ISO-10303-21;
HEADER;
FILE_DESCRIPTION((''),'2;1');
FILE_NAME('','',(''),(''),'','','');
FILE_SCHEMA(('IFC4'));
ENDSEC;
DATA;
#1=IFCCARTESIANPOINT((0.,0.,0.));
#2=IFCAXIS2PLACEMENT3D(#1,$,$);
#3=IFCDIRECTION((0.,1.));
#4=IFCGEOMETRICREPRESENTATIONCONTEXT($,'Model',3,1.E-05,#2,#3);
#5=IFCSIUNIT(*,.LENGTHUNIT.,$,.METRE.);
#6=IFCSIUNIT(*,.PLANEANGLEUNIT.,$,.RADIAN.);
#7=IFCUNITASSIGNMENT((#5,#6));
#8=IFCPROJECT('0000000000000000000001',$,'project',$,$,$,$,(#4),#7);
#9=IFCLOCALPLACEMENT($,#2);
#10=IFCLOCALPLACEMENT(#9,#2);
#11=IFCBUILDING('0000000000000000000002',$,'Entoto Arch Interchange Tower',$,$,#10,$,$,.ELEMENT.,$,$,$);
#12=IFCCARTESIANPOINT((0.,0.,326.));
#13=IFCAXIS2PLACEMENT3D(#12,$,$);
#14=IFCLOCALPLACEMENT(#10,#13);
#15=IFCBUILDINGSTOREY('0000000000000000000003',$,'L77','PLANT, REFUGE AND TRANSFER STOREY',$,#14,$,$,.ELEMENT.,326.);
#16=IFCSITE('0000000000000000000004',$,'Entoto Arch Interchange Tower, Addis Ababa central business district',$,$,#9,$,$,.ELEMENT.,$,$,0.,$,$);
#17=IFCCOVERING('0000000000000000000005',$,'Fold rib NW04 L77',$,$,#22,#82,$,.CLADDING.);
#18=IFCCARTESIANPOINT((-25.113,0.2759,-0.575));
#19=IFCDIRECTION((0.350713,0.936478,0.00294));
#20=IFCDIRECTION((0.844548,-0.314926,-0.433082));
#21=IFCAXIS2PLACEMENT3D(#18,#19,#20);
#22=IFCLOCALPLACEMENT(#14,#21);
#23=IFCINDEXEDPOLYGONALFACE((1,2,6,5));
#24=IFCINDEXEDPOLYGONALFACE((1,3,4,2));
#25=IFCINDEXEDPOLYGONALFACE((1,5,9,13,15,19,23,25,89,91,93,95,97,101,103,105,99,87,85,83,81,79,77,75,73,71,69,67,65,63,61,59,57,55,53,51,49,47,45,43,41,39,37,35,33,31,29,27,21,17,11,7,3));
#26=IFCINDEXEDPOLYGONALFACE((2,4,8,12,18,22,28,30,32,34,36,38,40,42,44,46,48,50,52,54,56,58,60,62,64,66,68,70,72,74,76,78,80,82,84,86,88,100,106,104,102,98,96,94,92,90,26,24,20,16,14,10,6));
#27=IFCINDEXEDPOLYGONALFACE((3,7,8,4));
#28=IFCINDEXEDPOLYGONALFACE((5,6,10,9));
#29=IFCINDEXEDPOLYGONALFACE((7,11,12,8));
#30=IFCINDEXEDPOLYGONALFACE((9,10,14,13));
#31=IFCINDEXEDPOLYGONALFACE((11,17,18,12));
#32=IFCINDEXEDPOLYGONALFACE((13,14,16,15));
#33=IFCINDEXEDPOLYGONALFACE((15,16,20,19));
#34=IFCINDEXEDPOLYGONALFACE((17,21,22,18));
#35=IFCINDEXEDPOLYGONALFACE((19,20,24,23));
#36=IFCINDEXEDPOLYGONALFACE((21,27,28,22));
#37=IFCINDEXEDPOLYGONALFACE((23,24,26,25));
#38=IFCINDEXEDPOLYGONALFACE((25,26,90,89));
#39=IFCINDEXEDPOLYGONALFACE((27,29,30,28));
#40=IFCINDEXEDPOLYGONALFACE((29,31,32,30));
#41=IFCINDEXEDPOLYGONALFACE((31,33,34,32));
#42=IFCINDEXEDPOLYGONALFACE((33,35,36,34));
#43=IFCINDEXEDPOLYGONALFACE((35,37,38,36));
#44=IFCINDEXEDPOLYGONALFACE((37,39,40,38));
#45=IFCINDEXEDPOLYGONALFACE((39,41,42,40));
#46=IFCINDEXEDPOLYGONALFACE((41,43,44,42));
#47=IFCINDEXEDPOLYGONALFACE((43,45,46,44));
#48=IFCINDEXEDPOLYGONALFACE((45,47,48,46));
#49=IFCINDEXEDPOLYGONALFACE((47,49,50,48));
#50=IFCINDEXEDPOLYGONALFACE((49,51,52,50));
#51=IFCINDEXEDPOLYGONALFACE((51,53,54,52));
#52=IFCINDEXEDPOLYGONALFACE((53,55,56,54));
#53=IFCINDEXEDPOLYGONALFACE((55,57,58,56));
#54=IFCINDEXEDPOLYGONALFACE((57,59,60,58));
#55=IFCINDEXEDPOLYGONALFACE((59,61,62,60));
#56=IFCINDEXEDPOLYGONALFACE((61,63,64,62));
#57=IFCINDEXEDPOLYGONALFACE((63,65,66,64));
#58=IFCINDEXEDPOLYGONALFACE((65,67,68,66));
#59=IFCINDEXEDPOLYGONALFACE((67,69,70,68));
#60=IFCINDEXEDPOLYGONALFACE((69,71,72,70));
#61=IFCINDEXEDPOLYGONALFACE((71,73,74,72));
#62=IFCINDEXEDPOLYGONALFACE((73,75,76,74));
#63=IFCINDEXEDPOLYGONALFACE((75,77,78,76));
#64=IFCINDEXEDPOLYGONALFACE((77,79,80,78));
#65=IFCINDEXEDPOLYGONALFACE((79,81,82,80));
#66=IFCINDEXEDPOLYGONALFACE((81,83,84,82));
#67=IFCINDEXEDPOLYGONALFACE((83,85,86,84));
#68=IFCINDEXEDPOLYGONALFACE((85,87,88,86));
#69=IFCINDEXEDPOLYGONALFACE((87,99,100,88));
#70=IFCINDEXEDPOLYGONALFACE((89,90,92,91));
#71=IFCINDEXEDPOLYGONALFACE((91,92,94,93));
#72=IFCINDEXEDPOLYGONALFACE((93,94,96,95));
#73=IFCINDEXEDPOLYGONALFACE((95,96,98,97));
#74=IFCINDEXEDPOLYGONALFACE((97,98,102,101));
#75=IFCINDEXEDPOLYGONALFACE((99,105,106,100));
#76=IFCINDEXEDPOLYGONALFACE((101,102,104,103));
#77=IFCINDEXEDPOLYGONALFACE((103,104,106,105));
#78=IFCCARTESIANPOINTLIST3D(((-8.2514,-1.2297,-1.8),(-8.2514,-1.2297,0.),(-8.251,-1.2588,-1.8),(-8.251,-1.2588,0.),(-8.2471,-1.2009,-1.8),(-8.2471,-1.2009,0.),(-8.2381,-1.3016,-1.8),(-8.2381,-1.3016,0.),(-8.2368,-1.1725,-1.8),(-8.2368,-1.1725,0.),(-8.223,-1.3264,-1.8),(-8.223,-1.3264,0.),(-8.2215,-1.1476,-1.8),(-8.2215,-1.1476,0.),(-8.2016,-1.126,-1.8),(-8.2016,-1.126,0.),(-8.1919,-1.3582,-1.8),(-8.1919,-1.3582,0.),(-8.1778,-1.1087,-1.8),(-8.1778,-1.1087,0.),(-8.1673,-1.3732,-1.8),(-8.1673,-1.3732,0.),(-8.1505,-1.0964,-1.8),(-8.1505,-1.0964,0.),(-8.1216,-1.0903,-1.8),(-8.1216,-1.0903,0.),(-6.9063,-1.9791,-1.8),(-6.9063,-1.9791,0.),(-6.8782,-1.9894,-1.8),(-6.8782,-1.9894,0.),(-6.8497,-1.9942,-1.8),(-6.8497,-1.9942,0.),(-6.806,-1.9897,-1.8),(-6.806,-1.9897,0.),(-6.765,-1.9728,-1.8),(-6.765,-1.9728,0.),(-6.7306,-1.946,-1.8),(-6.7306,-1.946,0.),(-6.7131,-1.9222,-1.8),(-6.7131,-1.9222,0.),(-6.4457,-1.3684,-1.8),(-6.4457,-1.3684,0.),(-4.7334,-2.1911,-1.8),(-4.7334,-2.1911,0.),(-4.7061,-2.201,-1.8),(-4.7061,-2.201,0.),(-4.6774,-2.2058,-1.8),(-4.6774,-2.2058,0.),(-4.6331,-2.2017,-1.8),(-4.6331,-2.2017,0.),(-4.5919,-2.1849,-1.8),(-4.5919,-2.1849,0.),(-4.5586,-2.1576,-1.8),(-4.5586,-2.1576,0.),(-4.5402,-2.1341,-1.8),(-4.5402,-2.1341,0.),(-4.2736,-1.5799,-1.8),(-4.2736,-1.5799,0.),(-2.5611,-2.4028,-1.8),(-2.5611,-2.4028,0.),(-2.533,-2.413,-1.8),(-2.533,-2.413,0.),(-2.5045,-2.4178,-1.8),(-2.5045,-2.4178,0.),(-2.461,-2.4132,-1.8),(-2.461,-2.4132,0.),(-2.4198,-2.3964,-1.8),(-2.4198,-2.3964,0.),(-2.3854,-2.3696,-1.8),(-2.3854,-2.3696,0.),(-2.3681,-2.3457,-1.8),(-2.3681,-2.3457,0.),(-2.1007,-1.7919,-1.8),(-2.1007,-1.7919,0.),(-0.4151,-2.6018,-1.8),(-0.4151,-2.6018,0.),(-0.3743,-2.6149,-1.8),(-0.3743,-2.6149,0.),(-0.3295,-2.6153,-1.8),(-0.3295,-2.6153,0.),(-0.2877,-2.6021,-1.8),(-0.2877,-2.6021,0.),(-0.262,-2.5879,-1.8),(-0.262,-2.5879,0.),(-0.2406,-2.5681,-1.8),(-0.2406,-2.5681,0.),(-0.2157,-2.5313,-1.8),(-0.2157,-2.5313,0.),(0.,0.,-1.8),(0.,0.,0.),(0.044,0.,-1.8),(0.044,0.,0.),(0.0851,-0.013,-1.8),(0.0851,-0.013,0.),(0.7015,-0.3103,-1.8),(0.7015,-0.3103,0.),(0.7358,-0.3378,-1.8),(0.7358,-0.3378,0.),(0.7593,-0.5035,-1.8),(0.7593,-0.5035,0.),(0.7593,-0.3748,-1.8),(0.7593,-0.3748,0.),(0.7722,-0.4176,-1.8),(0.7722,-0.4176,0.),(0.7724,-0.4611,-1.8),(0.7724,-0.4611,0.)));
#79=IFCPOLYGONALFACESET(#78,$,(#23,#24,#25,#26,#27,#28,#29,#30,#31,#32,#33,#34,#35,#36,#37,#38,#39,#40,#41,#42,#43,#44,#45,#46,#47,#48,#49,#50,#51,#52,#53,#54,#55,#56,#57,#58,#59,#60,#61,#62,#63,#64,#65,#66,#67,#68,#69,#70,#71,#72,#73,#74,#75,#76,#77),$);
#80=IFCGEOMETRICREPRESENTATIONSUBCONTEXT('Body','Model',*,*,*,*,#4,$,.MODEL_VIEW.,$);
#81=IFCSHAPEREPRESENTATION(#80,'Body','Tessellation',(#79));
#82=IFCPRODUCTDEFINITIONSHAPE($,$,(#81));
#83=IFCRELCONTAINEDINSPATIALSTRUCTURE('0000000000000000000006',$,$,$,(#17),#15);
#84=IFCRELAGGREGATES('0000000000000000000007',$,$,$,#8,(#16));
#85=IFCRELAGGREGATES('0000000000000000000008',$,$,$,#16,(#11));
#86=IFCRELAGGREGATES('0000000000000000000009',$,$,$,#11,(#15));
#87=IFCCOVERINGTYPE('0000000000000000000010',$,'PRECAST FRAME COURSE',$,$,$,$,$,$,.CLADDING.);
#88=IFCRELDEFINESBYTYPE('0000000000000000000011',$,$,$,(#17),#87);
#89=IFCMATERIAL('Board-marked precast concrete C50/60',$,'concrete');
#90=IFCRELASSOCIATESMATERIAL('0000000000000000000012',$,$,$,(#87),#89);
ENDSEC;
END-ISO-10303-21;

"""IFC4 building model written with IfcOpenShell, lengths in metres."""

from ifc_helpers import new_model, si_unit, direction, frame, origin, place, context, subcontext, project, spatial, polyline, outline, extrude, material, type_object, element, save


model = new_model("IFC4")

# Units and contexts
model_context = context("Model", 3, precision=1e-05, world=origin(), true_north=direction((0.0, 1.0)))
body_context = subcontext(model_context, "Body", "Model", "MODEL_VIEW")
ifc_project = project(units=[si_unit("LENGTHUNIT", "METRE"), si_unit("PLANEANGLEUNIT", "RADIAN")], contexts=[model_context])

# Site, building, storey
site_placement = place(None, origin())
site = spatial("IfcSite", under=ifc_project, at=site_placement, Name="Entoto Arch Interchange Tower, Addis Ababa central business district", CompositionType="ELEMENT", RefElevation=0.0)
building_placement = place(site_placement, origin())
building = spatial("IfcBuilding", under=site, at=building_placement, Name="Entoto Arch Interchange Tower", CompositionType="ELEMENT")
storey_placement = place(building_placement, frame((0.0, 0.0, 326.0)))
storey = spatial("IfcBuildingStorey", under=building, at=storey_placement, Name="L77", Description="PLANT, REFUGE AND TRANSFER STOREY", CompositionType="ELEMENT", Elevation=326.0)

# Shared definitions
ifc_material_1 = material(Name="Board-marked precast concrete C50/60", Category="concrete")

# Covering
covering_type = type_object("IfcCoveringType", Name="PRECAST FRAME COURSE", PredefinedType="CLADDING", material=ifc_material_1)
covering_placement = place(storey_placement, frame((-25.113, 0.2759, -0.575), z_axis=(0.350713, 0.936478, 0.00294), x_axis=(0.844548, -0.314926, -0.433082)))
element("IfcCovering", 1, at=covering_placement, inside=storey, type_object=covering_type, Name="Fold rib NW04 L77", PredefinedType="CLADDING", context=body_context, shape_type="SweptSolid", body=[
    extrude(outline(polyline([(0.0, 0.0), (0.044, 0.0), (0.0851, -0.013), (0.7015, -0.3103), (0.7358, -0.3378), (0.7593, -0.3748), (0.7722, -0.4176), (0.7724, -0.4611), (0.7593, -0.5035), (-0.2157, -2.5313), (-0.2406, -2.5681), (-0.262, -2.5879), (-0.2877, -2.6021), (-0.3295, -2.6153), (-0.3743, -2.6149), (-0.4151, -2.6018), (-2.1007, -1.7919), (-2.3681, -2.3457), (-2.3854, -2.3696), (-2.4198, -2.3964), (-2.461, -2.4132), (-2.5045, -2.4178), (-2.533, -2.413), (-2.5611, -2.4028), (-4.2736, -1.5799), (-4.5402, -2.1341), (-4.5586, -2.1576), (-4.5919, -2.1849), (-4.6331, -2.2017), (-4.6774, -2.2058), (-4.7061, -2.201), (-4.7334, -2.1911), (-6.4457, -1.3684), (-6.7131, -1.9222), (-6.7306, -1.946), (-6.765, -1.9728), (-6.806, -1.9897), (-6.8497, -1.9942), (-6.8782, -1.9894), (-6.9063, -1.9791), (-8.1673, -1.3732), (-8.1919, -1.3582), (-8.223, -1.3264), (-8.2381, -1.3016), (-8.251, -1.2588), (-8.2514, -1.2297), (-8.2471, -1.2009), (-8.2368, -1.1725), (-8.2215, -1.1476), (-8.2016, -1.126), (-8.1778, -1.1087), (-8.1505, -1.0964), (-8.1216, -1.0903), (0.0, 0.0)])), origin(), (0.0, 0.0, -1.0), 1.8),
])

save(model, "model.ifc")
